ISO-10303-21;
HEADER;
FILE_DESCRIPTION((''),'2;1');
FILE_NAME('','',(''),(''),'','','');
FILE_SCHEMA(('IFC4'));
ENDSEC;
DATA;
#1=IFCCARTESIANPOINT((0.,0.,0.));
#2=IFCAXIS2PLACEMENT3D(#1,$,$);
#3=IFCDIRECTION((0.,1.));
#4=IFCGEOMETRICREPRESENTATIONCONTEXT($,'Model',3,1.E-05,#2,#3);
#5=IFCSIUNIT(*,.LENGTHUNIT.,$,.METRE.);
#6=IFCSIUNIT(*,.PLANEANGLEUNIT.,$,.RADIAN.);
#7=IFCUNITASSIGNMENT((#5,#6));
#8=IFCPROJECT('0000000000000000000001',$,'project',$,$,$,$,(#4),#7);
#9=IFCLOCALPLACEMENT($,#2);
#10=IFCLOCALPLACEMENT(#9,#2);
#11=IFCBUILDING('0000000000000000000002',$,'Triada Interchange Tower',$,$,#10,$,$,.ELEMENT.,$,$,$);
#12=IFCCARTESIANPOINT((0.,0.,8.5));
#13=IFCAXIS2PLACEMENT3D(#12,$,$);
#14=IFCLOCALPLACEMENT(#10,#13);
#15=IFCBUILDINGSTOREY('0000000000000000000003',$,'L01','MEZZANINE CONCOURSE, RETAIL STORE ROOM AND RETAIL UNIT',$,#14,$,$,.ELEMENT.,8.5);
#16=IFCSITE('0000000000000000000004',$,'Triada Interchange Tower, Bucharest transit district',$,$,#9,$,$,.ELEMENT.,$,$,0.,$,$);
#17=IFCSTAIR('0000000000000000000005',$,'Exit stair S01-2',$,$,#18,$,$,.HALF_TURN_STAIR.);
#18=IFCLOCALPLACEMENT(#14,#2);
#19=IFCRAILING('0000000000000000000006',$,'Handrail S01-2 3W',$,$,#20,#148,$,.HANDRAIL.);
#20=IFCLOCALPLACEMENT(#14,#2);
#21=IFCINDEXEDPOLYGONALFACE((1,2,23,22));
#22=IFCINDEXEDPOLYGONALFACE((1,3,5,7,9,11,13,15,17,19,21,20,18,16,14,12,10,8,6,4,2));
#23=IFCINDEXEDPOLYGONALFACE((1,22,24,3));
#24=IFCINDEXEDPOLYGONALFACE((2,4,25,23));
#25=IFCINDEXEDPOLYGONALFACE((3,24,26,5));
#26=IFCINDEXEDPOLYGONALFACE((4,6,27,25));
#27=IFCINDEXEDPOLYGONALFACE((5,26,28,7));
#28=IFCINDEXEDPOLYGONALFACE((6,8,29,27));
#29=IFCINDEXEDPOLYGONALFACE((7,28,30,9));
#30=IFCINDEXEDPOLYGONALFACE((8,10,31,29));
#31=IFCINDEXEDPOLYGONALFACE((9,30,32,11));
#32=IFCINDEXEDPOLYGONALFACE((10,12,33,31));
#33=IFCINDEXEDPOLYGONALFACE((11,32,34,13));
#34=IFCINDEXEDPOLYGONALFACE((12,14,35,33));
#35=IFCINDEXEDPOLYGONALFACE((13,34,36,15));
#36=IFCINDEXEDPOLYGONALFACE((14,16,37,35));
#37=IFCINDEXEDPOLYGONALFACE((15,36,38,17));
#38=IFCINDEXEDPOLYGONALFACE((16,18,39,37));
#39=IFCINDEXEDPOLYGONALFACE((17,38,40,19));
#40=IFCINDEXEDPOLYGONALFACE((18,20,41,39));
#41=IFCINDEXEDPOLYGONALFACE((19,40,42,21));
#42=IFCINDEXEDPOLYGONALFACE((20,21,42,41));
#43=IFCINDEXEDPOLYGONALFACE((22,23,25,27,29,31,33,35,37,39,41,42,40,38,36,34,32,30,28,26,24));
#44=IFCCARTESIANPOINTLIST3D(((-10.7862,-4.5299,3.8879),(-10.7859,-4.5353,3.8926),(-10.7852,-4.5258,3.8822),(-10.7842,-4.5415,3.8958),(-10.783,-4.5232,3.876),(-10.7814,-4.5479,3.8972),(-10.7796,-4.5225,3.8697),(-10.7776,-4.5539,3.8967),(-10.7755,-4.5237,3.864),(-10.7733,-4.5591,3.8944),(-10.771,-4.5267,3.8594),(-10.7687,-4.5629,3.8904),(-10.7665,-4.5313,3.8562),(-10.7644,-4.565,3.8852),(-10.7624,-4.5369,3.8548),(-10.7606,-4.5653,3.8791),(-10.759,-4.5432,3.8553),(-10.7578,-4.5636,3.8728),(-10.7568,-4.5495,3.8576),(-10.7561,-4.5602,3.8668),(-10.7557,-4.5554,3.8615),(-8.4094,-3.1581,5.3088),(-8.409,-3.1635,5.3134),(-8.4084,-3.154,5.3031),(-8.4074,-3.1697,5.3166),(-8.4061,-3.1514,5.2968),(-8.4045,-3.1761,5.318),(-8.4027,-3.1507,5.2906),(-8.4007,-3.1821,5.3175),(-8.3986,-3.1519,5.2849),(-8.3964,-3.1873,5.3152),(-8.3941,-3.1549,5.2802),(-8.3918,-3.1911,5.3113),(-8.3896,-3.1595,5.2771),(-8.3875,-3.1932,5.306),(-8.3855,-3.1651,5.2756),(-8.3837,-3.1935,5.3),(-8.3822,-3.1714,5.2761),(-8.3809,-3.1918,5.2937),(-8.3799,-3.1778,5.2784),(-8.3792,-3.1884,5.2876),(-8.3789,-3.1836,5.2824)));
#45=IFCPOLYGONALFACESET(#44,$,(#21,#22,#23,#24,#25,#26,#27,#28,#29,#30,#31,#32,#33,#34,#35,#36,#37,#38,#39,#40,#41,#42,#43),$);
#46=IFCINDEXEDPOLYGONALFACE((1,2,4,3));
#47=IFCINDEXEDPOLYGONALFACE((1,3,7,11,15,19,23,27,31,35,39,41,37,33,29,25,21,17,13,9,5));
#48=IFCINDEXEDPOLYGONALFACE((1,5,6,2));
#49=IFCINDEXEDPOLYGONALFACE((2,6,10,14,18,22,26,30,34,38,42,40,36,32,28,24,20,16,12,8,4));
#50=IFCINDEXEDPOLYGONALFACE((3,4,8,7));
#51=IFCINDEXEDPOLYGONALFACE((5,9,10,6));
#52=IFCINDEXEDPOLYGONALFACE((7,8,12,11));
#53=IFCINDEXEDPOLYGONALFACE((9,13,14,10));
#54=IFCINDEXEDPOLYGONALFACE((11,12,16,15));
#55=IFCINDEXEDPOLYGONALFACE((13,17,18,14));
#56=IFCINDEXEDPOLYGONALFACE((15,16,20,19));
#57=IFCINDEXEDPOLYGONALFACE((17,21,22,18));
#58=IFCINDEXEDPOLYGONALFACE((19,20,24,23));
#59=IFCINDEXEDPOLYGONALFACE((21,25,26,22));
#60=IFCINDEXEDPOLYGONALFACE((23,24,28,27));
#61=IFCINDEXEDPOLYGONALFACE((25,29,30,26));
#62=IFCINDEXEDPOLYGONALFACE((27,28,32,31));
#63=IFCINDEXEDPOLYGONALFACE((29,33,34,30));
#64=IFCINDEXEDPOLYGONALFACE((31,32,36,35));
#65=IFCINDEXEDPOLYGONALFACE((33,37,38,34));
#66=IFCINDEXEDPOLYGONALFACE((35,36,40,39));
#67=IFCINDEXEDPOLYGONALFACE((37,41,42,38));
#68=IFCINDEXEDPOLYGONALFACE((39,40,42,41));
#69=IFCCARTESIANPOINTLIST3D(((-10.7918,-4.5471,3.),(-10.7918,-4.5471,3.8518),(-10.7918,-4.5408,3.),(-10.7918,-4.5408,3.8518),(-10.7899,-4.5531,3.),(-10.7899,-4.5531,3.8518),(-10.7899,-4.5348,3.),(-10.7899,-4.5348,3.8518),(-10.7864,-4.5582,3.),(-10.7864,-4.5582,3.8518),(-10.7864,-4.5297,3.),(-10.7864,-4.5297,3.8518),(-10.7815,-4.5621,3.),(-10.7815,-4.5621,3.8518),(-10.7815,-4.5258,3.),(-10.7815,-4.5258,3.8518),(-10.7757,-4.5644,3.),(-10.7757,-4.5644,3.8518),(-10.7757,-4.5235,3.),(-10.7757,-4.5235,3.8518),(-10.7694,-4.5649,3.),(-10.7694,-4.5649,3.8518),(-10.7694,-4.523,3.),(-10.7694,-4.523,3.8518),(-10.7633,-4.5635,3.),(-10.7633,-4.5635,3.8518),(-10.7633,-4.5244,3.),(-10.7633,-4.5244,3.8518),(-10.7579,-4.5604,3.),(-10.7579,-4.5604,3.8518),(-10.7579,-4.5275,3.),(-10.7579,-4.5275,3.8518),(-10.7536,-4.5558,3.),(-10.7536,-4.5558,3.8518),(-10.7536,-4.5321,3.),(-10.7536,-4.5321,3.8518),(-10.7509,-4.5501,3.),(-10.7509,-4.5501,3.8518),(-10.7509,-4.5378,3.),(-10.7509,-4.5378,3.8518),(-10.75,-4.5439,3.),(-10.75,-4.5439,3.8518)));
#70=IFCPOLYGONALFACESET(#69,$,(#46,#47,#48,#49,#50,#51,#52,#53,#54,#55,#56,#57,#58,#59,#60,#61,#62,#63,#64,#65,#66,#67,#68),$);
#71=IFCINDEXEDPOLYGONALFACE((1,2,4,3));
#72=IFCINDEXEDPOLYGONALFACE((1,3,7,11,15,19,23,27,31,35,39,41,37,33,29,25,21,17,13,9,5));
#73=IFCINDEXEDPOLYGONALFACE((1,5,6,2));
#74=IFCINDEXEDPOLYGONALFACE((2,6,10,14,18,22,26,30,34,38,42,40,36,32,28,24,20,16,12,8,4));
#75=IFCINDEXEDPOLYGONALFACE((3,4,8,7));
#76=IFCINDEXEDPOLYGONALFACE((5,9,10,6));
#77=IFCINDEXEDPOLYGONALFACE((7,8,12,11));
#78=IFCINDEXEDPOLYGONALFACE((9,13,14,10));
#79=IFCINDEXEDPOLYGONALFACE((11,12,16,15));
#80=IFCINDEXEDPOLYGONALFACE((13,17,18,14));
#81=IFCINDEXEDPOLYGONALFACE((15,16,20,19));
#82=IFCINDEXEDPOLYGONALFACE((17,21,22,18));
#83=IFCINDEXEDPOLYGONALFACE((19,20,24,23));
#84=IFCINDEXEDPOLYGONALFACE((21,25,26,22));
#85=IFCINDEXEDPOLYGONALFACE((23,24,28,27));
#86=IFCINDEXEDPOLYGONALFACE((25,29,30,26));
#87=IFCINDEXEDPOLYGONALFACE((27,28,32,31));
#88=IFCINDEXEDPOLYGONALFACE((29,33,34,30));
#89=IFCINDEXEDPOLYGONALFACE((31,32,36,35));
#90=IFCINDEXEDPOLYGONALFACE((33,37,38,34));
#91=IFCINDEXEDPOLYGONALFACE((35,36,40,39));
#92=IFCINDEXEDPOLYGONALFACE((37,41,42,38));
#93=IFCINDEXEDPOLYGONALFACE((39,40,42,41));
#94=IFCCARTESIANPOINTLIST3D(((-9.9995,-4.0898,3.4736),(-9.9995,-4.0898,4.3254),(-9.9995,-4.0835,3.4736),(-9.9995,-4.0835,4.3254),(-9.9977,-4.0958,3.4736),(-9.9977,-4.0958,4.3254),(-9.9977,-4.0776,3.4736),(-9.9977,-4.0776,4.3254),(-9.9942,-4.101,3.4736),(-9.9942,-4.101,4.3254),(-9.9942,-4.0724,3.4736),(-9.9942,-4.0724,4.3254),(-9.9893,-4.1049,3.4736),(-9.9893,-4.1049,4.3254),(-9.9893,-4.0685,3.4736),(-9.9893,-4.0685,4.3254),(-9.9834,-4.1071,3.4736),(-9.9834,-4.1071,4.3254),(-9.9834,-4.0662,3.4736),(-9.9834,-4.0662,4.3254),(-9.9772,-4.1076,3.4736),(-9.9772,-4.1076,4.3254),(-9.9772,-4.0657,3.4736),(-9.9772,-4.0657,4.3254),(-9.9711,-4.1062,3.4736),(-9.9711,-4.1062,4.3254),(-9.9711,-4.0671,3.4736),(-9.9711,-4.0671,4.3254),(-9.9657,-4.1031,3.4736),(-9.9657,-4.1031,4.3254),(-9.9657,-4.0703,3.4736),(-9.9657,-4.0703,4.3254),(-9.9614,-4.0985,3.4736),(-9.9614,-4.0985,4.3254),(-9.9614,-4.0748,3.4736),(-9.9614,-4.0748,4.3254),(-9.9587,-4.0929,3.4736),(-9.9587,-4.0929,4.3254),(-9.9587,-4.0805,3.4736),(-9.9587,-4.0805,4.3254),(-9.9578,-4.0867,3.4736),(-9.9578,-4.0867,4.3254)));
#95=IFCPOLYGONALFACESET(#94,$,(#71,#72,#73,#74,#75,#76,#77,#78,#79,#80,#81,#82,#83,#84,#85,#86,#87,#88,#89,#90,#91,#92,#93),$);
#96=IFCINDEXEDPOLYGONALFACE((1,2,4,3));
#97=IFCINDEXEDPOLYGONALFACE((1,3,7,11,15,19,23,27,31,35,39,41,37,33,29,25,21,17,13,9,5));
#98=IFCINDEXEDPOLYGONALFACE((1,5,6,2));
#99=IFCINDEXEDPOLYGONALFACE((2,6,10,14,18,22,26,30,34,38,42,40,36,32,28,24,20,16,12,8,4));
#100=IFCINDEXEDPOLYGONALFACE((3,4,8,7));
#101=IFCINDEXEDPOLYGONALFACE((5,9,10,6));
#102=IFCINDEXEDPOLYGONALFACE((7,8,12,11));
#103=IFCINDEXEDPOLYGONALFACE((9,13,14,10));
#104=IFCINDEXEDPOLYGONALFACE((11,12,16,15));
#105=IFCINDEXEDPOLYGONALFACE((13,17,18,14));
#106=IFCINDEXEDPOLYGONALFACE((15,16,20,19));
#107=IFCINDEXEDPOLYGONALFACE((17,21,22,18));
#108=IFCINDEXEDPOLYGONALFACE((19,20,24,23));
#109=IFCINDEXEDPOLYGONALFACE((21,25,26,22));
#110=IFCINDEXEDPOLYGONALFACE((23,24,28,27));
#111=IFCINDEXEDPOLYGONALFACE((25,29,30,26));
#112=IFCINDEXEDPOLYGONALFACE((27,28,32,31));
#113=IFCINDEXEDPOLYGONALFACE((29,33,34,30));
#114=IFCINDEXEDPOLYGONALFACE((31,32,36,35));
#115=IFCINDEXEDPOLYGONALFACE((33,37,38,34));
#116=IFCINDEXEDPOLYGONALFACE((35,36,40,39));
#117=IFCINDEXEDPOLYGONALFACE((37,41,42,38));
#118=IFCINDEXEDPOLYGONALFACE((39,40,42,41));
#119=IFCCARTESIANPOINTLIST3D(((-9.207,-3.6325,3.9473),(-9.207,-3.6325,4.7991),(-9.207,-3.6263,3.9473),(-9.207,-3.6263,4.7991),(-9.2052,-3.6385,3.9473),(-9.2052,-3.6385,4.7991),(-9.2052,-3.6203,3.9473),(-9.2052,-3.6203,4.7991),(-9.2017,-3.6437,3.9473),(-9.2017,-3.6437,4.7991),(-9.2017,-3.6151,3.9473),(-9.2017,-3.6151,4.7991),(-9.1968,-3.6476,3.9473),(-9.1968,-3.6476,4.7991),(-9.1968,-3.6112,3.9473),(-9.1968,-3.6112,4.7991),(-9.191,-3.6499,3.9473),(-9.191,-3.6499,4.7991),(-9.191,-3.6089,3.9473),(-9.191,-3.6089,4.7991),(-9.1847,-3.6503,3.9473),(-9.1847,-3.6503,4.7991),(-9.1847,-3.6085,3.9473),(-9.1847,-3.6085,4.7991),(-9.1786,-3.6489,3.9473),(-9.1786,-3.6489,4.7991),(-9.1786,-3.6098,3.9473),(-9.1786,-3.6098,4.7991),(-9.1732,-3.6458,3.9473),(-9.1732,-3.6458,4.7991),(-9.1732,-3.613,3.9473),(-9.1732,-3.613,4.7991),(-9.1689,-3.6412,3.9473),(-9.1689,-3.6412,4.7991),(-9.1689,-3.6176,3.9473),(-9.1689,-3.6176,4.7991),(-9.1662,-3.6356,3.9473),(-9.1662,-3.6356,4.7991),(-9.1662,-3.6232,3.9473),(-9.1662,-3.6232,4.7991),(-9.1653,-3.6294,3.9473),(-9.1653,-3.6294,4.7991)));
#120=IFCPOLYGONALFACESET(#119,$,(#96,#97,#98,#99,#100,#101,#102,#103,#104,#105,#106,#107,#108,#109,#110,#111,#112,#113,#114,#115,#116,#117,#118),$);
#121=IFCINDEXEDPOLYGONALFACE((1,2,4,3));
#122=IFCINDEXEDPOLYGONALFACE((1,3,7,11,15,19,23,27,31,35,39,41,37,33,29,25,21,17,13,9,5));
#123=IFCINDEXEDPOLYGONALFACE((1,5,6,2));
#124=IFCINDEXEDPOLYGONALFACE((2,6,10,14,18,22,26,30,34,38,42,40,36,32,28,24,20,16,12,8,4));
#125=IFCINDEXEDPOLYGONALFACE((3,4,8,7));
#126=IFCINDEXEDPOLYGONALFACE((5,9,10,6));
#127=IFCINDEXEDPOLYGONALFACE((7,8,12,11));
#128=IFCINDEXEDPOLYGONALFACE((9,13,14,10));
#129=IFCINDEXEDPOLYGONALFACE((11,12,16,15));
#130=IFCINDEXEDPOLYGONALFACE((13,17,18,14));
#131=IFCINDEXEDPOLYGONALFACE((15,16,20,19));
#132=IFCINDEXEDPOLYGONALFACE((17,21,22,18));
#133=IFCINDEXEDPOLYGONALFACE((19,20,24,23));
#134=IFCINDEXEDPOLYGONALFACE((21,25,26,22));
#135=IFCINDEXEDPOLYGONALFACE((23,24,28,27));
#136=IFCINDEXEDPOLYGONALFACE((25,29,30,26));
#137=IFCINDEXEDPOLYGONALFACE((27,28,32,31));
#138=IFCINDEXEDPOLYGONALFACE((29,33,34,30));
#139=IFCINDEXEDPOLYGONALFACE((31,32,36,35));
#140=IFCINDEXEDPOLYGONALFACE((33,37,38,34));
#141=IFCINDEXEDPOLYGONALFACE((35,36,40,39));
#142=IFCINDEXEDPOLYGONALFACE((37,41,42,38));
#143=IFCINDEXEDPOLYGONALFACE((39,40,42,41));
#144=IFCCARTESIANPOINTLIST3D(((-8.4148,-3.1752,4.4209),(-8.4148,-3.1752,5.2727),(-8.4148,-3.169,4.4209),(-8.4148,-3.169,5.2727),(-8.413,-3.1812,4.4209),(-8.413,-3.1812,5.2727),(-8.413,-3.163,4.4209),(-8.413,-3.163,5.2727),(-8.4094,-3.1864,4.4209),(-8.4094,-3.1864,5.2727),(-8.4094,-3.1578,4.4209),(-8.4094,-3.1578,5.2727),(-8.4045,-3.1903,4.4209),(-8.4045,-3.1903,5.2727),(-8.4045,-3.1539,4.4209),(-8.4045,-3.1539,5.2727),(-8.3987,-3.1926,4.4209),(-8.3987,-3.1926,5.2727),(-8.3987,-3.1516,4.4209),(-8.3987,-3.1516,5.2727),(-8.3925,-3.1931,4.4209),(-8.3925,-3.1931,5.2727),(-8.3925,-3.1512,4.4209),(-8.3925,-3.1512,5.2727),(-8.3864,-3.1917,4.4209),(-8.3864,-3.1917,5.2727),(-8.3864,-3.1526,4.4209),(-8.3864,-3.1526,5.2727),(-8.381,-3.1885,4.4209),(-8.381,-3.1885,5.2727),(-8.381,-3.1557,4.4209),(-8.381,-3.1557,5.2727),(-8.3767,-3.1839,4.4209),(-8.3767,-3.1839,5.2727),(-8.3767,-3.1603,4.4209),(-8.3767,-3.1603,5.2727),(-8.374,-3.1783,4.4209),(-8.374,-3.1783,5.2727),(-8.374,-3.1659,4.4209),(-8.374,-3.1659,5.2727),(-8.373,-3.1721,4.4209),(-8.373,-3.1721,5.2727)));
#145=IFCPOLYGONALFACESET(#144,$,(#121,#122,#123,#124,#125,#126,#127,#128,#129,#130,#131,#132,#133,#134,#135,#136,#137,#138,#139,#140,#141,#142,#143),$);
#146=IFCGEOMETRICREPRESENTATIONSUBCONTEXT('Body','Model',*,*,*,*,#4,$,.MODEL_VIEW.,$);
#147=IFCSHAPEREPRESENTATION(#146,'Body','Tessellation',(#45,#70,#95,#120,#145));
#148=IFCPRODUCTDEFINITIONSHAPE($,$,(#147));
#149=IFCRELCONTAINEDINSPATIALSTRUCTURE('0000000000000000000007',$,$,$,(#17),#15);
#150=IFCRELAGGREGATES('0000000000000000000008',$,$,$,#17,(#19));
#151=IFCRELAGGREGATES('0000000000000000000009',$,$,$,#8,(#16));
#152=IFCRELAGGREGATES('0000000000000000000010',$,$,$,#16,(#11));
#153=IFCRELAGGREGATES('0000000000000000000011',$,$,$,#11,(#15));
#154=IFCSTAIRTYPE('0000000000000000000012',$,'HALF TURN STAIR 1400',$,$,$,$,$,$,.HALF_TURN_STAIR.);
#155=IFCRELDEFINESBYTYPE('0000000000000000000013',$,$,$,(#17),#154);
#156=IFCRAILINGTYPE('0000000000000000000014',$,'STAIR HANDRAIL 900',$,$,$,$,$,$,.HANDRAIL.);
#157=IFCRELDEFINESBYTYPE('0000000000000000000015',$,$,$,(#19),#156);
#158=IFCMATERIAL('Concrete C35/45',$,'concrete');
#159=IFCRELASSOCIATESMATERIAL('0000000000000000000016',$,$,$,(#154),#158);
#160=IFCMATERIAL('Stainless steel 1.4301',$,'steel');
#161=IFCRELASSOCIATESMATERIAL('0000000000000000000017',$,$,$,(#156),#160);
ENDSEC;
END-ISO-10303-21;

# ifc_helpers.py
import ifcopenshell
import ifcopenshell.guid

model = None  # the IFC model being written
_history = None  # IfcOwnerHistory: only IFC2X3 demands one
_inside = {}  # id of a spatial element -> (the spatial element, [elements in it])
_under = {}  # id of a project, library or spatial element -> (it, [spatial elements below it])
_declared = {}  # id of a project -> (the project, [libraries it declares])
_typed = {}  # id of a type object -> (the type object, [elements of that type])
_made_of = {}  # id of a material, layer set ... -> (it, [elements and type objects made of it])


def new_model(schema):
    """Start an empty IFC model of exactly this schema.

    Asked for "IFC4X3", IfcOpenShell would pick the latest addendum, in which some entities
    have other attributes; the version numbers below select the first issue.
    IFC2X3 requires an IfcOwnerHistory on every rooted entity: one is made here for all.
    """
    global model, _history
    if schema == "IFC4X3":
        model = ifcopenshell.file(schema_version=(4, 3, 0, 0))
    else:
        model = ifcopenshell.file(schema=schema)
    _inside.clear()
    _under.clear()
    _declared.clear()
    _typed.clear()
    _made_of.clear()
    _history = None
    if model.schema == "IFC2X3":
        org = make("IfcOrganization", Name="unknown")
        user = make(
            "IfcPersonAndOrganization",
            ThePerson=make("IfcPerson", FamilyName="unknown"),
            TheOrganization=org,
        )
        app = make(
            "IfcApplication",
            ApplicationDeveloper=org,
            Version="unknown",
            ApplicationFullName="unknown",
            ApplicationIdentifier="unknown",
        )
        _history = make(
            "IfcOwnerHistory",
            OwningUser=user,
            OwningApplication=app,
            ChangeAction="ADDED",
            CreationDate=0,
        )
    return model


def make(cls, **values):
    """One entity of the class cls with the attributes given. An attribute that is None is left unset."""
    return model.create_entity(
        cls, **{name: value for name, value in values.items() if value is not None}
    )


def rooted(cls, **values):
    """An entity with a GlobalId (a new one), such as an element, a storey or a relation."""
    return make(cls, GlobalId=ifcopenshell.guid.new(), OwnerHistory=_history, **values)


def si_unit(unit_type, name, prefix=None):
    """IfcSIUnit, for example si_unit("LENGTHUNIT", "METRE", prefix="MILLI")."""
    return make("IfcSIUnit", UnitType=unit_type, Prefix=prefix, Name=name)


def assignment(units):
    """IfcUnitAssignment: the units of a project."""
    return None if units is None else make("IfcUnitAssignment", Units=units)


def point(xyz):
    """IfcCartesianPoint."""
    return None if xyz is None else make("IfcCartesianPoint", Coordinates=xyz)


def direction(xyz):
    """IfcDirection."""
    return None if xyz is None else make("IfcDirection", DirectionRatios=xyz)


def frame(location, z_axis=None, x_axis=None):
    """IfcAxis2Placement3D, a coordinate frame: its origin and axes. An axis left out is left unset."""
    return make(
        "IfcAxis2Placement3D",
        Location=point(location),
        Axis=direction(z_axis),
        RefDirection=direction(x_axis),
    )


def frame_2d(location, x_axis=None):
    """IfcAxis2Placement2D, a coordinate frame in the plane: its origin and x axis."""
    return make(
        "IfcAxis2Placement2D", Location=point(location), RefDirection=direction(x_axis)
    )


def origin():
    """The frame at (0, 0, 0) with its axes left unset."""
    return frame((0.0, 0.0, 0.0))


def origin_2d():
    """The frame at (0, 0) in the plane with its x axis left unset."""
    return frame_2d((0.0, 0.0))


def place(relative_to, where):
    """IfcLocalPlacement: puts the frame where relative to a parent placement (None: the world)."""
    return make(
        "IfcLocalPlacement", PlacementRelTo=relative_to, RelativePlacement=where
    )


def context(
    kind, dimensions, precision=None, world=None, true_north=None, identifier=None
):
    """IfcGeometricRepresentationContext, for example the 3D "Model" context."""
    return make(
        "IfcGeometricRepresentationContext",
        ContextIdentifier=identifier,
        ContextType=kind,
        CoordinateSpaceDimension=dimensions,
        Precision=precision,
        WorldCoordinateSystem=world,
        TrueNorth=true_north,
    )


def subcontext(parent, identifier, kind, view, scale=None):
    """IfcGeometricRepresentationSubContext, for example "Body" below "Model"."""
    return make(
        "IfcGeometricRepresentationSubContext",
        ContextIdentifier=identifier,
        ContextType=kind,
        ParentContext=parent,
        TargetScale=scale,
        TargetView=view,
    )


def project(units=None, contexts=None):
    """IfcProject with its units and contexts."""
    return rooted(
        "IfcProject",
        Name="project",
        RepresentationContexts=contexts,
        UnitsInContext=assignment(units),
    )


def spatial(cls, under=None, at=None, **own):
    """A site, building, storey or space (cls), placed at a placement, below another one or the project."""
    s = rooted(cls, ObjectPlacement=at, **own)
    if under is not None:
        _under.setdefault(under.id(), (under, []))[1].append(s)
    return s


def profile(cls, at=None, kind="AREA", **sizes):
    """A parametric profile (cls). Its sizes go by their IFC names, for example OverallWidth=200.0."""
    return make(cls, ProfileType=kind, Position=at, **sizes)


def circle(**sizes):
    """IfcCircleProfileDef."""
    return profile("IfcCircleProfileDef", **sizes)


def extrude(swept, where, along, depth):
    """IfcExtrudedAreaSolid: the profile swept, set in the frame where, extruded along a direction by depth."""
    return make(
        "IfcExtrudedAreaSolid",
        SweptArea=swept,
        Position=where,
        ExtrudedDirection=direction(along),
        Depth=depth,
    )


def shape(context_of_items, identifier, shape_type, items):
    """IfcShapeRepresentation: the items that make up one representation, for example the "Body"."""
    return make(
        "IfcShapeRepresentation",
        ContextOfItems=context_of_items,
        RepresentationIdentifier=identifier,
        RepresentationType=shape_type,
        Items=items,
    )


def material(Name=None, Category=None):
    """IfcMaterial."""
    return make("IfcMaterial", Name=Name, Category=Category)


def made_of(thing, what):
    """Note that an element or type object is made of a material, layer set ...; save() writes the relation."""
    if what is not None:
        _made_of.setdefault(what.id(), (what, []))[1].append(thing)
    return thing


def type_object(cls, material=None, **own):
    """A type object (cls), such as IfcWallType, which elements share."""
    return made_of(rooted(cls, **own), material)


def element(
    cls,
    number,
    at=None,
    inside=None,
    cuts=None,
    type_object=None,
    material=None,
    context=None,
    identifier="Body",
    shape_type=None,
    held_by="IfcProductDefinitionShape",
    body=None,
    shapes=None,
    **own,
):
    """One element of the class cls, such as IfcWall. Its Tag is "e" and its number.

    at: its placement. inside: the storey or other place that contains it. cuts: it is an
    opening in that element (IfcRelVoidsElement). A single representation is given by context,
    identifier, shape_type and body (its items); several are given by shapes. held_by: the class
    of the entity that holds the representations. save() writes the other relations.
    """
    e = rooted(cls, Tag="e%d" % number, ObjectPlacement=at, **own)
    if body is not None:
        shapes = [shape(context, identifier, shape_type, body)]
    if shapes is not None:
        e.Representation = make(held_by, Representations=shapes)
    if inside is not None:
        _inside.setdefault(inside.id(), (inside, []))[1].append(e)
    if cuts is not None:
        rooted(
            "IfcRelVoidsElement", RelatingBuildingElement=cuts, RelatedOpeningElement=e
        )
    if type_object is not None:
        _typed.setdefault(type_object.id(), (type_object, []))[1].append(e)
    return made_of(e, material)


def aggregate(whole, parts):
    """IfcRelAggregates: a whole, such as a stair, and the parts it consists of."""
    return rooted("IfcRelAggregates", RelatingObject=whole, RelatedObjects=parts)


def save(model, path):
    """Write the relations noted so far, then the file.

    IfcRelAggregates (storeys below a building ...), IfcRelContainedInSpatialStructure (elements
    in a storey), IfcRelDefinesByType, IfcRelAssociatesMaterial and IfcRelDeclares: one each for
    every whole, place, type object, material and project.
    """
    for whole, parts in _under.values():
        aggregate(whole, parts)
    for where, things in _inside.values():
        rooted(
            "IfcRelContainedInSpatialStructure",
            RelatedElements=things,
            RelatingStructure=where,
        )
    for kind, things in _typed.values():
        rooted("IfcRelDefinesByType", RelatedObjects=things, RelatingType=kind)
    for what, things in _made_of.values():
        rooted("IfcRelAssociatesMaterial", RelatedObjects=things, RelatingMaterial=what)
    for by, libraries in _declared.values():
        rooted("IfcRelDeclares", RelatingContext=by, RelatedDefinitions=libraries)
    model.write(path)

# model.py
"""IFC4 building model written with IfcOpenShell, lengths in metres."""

from ifc_helpers import new_model, si_unit, direction, frame, origin, origin_2d, place, context, subcontext, project, spatial, circle, extrude, material, type_object, element, aggregate, save


model = new_model("IFC4")

# Units and contexts
model_context = context("Model", 3, precision=1e-05, world=origin(), true_north=direction((0.0, 1.0)))
body_context = subcontext(model_context, "Body", "Model", "MODEL_VIEW")
ifc_project = project(units=[si_unit("LENGTHUNIT", "METRE"), si_unit("PLANEANGLEUNIT", "RADIAN")], contexts=[model_context])

# Site, building, storey
site_placement = place(None, origin())
site = spatial("IfcSite", under=ifc_project, at=site_placement, Name="Triada Interchange Tower, Bucharest transit district", CompositionType="ELEMENT", RefElevation=0.0)
building_placement = place(site_placement, origin())
building = spatial("IfcBuilding", under=site, at=building_placement, Name="Triada Interchange Tower", CompositionType="ELEMENT")
storey_placement = place(building_placement, frame((0.0, 0.0, 8.5)))
storey = spatial("IfcBuildingStorey", under=building, at=storey_placement, Name="L01", Description="MEZZANINE CONCOURSE, RETAIL STORE ROOM AND RETAIL UNIT", CompositionType="ELEMENT", Elevation=8.5)

# Shared definitions
ifc_material_1 = material(Name="Concrete C35/45", Category="concrete")

# Stair
stair_type = type_object("IfcStairType", Name="HALF TURN STAIR 1400", PredefinedType="HALF_TURN_STAIR", material=ifc_material_1)
stair_1_placement = place(storey_placement, origin())
stair_1 = element("IfcStair", 1, at=stair_1_placement, inside=storey, type_object=stair_type, Name="Exit stair S01-2", PredefinedType="HALF_TURN_STAIR")

# Railing
ifc_material_2 = material(Name="Stainless steel 1.4301", Category="steel")
railing_type_1 = type_object("IfcRailingType", Name="STAIR HANDRAIL 900", PredefinedType="HANDRAIL", material=ifc_material_2)
railing_1_placement = place(storey_placement, frame((-10.771, -4.5439, 3.0)))
railing_1 = element("IfcRailing", 2, at=railing_1_placement, type_object=railing_type_1, Name="Handrail S01-2 3W", PredefinedType="HANDRAIL", context=body_context, shape_type="SweptSolid", body=[
    extrude(circle(Radius=0.0239, at=origin_2d()), frame((0.0, 0.0, 0.876), z_axis=(0.769133, 0.443895, 0.459774), x_axis=(-0.499861, 0.866106, 0.0)), (0.0, 0.0, 1.0), 3.0903),
    extrude(circle(Radius=0.021, at=origin_2d()), origin(), (0.0, 0.0, 1.0), 0.8518),
    extrude(circle(Radius=0.021, at=origin_2d()), frame((0.7922, 0.4573, 0.4736)), (0.0, 0.0, 1.0), 0.8518),
    extrude(circle(Radius=0.021, at=origin_2d()), frame((1.5847, 0.9146, 0.9473)), (0.0, 0.0, 1.0), 0.8518),
    extrude(circle(Radius=0.021, at=origin_2d()), frame((2.377, 1.3718, 1.4209)), (0.0, 0.0, 1.0), 0.8518),
])
aggregate(stair_1, [railing_1])

save(model, "model.ifc")
